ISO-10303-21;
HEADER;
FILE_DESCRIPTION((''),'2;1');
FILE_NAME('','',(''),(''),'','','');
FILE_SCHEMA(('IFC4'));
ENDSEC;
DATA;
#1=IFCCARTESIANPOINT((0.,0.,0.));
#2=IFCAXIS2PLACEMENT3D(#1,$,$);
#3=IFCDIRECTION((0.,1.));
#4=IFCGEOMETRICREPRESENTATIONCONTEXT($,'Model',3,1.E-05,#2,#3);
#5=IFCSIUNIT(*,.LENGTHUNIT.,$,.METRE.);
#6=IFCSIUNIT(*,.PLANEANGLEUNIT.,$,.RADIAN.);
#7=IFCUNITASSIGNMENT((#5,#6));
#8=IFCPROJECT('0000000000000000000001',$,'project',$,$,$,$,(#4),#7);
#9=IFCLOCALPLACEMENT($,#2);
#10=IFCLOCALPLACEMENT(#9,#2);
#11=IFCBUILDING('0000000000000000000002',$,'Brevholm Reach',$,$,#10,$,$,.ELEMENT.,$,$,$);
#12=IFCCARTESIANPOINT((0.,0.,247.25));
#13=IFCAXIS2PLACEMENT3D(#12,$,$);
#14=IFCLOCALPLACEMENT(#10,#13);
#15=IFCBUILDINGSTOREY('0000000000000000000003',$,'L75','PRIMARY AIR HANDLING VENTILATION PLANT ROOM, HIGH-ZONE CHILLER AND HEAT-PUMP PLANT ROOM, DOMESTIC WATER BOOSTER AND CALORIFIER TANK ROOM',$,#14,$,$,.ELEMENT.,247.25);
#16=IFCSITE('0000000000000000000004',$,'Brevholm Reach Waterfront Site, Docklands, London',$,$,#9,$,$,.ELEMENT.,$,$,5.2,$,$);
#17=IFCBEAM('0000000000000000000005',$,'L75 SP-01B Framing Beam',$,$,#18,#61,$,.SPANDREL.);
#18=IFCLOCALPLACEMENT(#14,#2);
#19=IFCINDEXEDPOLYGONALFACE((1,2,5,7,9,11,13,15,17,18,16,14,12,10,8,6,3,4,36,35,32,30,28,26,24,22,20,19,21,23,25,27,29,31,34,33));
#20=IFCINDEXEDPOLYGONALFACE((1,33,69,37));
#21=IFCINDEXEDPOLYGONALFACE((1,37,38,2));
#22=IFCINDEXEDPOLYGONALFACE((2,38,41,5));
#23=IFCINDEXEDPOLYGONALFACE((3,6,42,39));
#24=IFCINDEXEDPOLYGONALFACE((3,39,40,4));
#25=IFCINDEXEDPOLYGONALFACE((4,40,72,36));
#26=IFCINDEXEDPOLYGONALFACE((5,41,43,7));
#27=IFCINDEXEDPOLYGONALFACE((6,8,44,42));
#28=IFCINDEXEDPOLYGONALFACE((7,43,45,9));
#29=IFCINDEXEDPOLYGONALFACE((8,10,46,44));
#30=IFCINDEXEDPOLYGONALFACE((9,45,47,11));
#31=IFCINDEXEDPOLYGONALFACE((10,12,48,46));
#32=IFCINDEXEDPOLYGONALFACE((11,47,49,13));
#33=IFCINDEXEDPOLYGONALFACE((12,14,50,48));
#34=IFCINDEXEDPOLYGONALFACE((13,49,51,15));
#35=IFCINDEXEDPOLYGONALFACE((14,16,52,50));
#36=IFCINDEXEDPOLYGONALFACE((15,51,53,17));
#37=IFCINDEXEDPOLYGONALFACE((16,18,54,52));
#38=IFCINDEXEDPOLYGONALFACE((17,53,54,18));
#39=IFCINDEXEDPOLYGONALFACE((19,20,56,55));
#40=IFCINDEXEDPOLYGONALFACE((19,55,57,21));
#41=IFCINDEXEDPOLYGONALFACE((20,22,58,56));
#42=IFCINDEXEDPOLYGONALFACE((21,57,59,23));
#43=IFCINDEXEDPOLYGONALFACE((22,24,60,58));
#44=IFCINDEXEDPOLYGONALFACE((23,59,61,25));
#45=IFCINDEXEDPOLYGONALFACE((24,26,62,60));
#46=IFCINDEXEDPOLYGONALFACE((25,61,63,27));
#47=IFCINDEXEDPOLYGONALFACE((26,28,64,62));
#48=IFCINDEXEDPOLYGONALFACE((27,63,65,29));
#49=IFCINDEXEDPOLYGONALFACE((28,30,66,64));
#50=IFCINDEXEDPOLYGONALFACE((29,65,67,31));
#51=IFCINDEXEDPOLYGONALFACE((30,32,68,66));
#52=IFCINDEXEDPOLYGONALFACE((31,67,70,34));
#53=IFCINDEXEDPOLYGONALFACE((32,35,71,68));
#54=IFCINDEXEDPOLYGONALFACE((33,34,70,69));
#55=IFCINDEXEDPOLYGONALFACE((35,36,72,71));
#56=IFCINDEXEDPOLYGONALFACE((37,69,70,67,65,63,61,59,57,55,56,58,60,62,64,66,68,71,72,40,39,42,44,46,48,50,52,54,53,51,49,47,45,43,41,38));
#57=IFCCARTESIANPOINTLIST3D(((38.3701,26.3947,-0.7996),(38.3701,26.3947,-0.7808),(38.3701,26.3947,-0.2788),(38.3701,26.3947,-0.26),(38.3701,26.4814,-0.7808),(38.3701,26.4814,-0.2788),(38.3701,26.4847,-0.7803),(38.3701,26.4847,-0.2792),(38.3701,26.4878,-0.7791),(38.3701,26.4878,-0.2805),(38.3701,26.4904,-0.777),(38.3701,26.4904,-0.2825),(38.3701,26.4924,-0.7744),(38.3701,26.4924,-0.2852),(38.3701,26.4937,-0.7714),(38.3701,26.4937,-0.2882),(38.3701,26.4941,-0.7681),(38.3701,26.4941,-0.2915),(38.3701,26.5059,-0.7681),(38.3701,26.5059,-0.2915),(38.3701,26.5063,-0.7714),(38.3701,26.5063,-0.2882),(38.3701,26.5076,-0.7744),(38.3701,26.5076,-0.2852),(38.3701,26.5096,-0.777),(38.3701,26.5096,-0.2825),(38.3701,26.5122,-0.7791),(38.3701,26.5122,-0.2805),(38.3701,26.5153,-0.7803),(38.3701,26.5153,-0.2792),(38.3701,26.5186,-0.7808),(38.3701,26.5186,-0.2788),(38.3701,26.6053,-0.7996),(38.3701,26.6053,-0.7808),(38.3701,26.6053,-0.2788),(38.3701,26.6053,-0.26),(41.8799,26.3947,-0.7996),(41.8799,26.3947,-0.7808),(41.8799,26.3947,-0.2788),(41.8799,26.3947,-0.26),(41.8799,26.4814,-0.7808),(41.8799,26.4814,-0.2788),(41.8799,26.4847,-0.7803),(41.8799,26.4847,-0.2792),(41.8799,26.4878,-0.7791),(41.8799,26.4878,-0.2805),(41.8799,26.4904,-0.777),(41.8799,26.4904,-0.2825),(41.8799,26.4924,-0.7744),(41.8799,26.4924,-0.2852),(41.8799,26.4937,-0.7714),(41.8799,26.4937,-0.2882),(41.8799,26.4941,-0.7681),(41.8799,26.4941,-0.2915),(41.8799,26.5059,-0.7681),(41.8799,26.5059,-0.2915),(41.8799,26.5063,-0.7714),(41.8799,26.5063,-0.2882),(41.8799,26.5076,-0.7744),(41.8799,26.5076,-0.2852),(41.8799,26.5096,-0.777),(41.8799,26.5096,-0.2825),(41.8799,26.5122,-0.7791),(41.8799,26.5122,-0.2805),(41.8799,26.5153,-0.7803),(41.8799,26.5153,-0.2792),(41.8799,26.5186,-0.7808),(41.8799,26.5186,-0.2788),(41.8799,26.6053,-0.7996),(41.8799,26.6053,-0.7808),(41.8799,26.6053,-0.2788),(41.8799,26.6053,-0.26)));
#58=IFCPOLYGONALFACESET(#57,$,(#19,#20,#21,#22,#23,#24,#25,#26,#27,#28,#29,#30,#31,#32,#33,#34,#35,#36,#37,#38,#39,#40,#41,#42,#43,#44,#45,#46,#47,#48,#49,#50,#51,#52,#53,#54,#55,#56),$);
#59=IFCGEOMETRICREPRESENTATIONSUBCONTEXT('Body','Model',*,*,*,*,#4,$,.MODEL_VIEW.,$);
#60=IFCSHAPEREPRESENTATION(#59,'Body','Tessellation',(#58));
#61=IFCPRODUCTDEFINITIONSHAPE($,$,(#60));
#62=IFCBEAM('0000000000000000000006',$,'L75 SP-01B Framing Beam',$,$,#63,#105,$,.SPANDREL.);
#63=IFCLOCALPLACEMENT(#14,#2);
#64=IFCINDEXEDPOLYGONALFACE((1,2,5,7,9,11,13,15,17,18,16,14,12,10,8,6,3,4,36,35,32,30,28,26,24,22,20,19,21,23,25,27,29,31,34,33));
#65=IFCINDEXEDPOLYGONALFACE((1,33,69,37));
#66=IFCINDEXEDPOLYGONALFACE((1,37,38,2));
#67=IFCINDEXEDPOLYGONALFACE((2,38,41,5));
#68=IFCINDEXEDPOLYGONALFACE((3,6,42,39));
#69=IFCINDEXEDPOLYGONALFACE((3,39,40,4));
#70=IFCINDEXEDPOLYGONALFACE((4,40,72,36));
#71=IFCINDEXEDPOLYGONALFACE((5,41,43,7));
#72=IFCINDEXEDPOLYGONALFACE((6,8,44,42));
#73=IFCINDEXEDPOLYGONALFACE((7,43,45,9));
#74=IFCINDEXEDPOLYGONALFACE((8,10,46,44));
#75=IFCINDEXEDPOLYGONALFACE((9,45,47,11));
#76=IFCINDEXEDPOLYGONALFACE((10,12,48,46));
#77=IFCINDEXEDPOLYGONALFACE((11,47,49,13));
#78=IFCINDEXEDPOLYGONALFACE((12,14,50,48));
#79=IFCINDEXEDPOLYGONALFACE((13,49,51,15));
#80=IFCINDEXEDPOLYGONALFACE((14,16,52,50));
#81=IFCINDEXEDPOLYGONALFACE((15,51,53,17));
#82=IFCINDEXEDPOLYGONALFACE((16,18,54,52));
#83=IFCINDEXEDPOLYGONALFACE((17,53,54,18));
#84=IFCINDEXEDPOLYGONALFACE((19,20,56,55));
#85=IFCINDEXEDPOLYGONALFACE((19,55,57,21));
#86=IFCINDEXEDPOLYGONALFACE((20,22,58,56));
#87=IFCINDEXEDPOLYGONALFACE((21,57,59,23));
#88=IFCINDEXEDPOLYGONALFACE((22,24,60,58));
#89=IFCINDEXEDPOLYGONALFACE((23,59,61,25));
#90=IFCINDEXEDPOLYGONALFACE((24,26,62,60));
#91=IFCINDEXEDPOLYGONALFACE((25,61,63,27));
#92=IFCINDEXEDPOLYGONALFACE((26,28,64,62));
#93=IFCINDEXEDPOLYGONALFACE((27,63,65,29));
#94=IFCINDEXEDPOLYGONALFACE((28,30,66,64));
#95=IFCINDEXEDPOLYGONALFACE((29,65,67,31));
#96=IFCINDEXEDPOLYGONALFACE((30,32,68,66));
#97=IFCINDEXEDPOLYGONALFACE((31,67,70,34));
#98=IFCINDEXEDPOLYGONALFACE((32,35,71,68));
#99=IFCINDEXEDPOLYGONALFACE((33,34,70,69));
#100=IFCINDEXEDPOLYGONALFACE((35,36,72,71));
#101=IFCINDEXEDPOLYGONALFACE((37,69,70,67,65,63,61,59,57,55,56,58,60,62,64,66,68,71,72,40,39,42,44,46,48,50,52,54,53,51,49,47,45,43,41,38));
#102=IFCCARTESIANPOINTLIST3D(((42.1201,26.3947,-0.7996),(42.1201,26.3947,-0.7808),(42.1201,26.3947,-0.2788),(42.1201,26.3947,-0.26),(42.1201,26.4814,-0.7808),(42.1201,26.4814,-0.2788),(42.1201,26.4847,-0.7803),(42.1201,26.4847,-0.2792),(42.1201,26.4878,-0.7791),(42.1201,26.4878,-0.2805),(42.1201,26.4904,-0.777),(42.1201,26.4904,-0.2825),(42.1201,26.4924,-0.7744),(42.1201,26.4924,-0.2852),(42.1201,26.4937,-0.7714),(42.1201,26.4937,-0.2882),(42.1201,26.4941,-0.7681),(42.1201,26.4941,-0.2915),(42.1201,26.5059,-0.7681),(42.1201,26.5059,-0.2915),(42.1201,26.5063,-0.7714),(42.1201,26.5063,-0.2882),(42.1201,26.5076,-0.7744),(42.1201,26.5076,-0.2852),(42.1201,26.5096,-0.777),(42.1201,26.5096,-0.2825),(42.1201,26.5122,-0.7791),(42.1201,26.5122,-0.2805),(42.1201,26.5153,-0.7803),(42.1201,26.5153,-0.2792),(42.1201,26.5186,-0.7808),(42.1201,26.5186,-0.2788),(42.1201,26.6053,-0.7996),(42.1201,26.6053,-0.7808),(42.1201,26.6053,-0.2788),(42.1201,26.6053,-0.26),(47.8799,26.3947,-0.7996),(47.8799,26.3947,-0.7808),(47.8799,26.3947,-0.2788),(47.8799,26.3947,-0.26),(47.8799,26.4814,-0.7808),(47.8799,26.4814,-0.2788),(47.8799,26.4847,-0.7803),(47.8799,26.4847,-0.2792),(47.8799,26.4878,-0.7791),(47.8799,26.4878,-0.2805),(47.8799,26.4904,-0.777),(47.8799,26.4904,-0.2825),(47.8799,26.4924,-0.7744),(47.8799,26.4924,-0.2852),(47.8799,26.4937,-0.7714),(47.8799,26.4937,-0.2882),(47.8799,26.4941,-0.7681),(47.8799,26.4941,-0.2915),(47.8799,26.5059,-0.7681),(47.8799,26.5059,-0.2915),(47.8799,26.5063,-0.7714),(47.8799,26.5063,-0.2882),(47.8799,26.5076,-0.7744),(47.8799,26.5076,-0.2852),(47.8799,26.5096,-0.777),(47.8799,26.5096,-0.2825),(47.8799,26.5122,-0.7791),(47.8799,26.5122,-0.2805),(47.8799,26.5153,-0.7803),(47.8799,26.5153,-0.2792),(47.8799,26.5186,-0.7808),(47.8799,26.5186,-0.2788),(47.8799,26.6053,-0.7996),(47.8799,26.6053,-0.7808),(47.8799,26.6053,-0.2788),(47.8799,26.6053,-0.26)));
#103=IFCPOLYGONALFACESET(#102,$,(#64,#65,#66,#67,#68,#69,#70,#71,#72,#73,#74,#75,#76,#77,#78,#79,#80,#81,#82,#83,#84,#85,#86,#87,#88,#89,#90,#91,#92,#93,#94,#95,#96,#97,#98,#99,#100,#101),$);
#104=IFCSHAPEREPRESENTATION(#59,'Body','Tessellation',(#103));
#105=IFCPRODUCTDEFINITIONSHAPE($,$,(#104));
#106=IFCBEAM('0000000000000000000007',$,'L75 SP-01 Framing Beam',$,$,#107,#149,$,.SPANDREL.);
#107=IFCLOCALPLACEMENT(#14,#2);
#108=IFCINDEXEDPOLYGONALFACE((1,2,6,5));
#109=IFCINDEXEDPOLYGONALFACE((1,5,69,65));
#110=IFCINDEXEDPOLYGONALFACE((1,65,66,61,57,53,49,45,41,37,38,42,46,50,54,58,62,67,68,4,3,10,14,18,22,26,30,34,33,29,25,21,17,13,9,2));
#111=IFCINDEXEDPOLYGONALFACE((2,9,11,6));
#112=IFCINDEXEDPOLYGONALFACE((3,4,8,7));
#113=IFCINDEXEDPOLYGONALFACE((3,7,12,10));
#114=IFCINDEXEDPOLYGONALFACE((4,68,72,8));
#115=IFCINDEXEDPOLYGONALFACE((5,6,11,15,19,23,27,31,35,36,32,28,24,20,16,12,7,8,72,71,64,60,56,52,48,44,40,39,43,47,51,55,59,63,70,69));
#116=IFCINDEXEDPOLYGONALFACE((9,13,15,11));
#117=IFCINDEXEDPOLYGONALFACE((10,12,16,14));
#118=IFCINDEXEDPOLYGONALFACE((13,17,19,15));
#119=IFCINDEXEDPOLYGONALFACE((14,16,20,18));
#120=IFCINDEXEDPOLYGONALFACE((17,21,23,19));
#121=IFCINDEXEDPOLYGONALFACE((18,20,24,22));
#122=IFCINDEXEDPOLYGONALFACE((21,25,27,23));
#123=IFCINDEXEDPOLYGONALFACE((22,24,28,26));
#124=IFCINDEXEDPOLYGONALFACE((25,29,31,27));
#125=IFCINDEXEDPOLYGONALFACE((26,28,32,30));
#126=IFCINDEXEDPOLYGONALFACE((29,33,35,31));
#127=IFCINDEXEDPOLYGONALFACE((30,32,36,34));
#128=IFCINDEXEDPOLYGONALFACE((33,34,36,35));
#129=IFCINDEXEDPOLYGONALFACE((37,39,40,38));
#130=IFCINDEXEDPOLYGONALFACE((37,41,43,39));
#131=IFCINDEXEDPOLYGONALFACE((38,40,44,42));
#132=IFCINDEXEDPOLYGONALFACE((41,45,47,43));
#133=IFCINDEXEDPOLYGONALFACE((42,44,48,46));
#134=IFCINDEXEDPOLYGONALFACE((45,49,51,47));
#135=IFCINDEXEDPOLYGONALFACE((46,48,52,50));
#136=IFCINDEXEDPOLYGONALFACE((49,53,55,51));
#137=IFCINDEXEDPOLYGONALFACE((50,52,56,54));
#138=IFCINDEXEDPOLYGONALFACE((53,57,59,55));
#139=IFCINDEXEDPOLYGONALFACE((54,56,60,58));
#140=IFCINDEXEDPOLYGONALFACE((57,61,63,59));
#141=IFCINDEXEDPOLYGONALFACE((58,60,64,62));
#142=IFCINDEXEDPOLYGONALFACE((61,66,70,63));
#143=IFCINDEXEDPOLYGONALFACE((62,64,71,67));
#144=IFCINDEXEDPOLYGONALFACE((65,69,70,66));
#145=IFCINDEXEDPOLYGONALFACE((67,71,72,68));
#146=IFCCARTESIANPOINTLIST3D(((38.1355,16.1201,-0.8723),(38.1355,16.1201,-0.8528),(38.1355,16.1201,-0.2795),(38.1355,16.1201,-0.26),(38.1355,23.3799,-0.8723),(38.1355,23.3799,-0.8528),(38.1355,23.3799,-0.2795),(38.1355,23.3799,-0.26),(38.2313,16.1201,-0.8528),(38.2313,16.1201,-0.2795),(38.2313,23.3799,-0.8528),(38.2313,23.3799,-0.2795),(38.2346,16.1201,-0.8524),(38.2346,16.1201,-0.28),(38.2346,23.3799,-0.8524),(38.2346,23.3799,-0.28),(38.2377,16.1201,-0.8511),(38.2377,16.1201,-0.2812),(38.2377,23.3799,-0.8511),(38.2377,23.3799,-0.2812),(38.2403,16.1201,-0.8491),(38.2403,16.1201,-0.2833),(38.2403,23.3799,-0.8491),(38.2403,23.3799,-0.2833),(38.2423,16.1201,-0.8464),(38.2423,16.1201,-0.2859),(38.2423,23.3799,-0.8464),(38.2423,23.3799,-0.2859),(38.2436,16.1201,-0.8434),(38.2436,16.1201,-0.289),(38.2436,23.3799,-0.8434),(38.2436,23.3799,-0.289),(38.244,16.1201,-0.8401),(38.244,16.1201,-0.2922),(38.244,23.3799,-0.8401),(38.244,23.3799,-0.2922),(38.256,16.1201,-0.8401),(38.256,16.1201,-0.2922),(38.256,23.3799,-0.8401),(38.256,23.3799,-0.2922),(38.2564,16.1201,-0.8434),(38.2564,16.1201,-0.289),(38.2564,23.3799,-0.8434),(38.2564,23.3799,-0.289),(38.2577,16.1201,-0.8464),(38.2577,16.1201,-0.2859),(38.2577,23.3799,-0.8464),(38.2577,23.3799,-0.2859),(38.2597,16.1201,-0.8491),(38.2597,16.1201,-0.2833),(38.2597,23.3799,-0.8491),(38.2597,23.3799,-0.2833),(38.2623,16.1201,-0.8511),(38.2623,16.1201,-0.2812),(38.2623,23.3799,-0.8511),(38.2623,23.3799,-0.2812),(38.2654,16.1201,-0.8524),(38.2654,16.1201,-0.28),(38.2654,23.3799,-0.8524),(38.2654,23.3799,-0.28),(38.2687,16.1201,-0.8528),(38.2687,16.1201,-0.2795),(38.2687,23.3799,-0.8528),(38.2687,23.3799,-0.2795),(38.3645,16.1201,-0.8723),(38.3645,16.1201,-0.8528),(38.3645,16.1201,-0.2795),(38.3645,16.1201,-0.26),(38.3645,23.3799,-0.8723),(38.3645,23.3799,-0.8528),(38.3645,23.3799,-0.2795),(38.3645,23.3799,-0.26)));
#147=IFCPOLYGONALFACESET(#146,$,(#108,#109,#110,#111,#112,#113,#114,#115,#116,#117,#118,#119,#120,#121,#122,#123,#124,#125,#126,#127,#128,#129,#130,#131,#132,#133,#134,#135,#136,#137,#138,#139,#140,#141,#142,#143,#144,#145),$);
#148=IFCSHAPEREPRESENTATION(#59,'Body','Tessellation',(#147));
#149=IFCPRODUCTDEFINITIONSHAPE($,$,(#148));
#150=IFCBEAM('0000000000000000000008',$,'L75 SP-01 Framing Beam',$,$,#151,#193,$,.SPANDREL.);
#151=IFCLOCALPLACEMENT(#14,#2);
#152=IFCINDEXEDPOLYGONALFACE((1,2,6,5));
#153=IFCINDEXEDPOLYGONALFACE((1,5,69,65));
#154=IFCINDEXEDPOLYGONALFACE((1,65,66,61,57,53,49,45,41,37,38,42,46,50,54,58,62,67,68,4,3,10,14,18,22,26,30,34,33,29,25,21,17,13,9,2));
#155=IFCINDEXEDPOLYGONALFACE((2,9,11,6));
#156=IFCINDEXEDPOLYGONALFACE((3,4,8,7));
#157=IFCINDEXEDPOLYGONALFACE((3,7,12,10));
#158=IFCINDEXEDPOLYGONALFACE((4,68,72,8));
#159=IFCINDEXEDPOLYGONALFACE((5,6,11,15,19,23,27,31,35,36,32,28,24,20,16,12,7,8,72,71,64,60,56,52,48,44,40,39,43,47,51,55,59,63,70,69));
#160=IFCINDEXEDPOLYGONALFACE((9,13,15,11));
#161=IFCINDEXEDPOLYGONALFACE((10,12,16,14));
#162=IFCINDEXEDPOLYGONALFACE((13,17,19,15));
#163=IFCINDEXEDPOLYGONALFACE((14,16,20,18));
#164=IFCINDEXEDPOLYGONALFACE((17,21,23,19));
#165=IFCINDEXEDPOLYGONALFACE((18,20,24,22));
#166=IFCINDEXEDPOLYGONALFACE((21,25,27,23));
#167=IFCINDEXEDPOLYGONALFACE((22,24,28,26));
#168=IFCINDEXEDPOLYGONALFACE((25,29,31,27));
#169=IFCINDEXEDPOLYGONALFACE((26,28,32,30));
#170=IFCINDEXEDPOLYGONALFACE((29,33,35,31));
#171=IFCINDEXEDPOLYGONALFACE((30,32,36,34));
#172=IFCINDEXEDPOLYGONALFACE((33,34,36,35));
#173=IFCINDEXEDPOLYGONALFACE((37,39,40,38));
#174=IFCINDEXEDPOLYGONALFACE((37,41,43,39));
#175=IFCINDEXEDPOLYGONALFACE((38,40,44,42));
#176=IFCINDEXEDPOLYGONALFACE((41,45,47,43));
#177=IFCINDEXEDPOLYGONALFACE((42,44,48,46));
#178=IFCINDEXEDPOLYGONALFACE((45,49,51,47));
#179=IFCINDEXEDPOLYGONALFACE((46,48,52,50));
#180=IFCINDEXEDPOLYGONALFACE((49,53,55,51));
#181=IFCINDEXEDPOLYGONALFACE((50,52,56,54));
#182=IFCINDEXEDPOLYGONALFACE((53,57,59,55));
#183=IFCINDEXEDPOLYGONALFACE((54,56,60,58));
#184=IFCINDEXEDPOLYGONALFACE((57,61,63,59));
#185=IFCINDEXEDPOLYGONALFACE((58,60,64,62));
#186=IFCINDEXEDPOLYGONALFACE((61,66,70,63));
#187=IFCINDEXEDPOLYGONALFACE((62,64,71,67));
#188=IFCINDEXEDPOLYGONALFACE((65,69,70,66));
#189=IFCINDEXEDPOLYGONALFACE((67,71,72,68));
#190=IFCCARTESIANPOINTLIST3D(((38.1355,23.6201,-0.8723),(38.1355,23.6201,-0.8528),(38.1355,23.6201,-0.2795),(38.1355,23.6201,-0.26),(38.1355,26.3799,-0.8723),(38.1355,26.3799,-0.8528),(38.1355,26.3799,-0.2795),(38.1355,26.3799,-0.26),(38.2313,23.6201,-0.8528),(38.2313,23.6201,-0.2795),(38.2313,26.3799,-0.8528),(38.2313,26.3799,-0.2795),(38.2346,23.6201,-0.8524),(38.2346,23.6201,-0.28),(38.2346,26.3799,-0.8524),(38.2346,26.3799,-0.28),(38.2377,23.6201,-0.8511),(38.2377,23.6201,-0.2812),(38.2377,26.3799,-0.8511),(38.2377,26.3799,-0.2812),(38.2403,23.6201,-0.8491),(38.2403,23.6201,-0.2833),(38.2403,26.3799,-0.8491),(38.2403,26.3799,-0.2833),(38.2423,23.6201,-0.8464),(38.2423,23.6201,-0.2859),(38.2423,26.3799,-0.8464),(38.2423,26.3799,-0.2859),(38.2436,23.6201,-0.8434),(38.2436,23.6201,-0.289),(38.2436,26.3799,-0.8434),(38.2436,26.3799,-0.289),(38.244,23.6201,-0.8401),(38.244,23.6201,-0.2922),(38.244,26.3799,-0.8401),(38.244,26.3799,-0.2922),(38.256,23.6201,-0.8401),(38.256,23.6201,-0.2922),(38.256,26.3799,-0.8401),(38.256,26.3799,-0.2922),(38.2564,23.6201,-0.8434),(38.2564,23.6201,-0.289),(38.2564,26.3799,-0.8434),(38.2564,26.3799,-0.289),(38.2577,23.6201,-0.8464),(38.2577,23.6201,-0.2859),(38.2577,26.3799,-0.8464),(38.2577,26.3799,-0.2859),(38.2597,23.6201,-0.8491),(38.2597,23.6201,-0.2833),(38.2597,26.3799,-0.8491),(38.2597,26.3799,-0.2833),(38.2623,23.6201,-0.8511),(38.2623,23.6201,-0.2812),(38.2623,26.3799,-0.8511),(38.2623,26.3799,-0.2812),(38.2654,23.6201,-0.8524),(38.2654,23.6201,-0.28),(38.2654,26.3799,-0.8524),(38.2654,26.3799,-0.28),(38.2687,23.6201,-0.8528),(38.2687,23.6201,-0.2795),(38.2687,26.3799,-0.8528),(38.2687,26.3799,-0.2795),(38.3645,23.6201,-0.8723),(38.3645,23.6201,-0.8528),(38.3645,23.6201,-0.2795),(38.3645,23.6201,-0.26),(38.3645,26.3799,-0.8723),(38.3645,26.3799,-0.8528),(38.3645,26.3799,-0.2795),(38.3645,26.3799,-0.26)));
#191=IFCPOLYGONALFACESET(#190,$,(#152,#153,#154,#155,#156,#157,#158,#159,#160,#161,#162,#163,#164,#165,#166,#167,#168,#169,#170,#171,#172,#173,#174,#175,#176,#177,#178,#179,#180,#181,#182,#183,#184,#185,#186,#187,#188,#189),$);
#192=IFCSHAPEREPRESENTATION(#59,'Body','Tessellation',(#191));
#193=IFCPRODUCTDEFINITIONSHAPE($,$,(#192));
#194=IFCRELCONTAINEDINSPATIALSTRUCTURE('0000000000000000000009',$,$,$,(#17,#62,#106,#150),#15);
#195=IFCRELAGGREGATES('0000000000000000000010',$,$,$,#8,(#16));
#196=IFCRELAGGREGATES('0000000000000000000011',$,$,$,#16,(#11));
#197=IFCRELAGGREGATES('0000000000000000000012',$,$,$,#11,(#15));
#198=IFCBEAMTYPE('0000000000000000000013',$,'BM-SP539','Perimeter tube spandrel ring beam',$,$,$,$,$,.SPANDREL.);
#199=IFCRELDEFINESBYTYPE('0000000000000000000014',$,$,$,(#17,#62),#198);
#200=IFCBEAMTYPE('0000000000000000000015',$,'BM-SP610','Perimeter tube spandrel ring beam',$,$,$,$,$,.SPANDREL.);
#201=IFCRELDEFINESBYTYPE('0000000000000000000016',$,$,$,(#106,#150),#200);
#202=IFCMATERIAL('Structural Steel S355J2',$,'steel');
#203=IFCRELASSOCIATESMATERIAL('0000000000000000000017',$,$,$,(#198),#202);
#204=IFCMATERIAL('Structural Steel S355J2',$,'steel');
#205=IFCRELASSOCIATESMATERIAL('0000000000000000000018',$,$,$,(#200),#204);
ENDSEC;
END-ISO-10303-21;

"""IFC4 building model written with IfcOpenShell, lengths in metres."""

from ifc_helpers import new_model, si_unit, direction, frame, origin, origin_2d, place, context, subcontext, project, spatial, i_section, extrude, material, material_profile, profile_set, type_object, element, save


model = new_model("IFC4")

# Units and contexts
model_context = context("Model", 3, precision=1e-05, world=origin(), true_north=direction((0.0, 1.0)))
body_context = subcontext(model_context, "Body", "Model", "MODEL_VIEW")
ifc_project = project(units=[si_unit("LENGTHUNIT", "METRE"), si_unit("PLANEANGLEUNIT", "RADIAN")], contexts=[model_context])

# Site, building, storey
site_placement = place(None, origin())
site = spatial("IfcSite", under=ifc_project, at=site_placement, Name="Brevholm Reach Waterfront Site, Docklands, London", CompositionType="ELEMENT", RefElevation=5.2)
building_placement = place(site_placement, origin())
building = spatial("IfcBuilding", under=site, at=building_placement, Name="Brevholm Reach", CompositionType="ELEMENT")
storey_placement = place(building_placement, frame((0.0, 0.0, 247.25)))
storey = spatial("IfcBuildingStorey", under=building, at=storey_placement, Name="L75", Description="PRIMARY AIR HANDLING VENTILATION PLANT ROOM, HIGH-ZONE CHILLER AND HEAT-PUMP PLANT ROOM, DOMESTIC WATER BOOSTER AND CALORIFIER TANK ROOM", CompositionType="ELEMENT", Elevation=247.25)

# Beams
ifc_material_1 = material(Name="Structural Steel S355J2", Category="steel")
ifc_material_profile_1 = material_profile(ifc_material_1, i_section(OverallWidth=0.2107, OverallDepth=0.5396, WebThickness=0.0117, FlangeThickness=0.0188, FilletRadius=0.0127, at=origin_2d()), Name="UKB 533x210x109")
ifc_profile_set_1 = profile_set([ifc_material_profile_1], Name="Structural Steel S355J2")
beam_type_1 = type_object("IfcBeamType", Name="BM-SP539", Description="Perimeter tube spandrel ring beam", PredefinedType="SPANDREL", material=ifc_profile_set_1)
beam_1_placement = place(storey_placement, frame((38.3701, 26.5, -0.5298), z_axis=(1.0, 0.0, 0.0), x_axis=(0.0, 1.0, 0.0)))
element("IfcBeam", 1, at=beam_1_placement, inside=storey, type_object=beam_type_1, Name="L75 SP-01B Framing Beam", PredefinedType="SPANDREL", context=body_context, shape_type="SweptSolid", body=[
    extrude(i_section(OverallWidth=0.2107, OverallDepth=0.5396, WebThickness=0.0117, FlangeThickness=0.0188, FilletRadius=0.0127, at=origin_2d()), origin(), (0.0, 0.0, 1.0), 3.5098),
])
beam_2_placement = place(storey_placement, frame((42.1201, 26.5, -0.5298), z_axis=(1.0, 0.0, 0.0), x_axis=(0.0, 1.0, 0.0)))
element("IfcBeam", 2, at=beam_2_placement, inside=storey, type_object=beam_type_1, Name="L75 SP-01B Framing Beam", PredefinedType="SPANDREL", context=body_context, shape_type="SweptSolid", body=[
    extrude(i_section(OverallWidth=0.2107, OverallDepth=0.5396, WebThickness=0.0117, FlangeThickness=0.0188, FilletRadius=0.0127, at=origin_2d()), origin(), (0.0, 0.0, 1.0), 5.7598),
])
ifc_material_2 = material(Name="Structural Steel S355J2", Category="steel")
ifc_material_profile_2 = material_profile(ifc_material_2, i_section(OverallWidth=0.229, OverallDepth=0.6123, WebThickness=0.012, FlangeThickness=0.0195, FilletRadius=0.0127, at=origin_2d()), Name="UKB 610x229x125")
ifc_profile_set_2 = profile_set([ifc_material_profile_2], Name="Structural Steel S355J2")
beam_type_2 = type_object("IfcBeamType", Name="BM-SP610", Description="Perimeter tube spandrel ring beam", PredefinedType="SPANDREL", material=ifc_profile_set_2)
beam_3_placement = place(storey_placement, frame((38.25, 16.1201, -0.5662), z_axis=(0.0, 1.0, 0.0), x_axis=(-1.0, 0.0, 0.0)))
element("IfcBeam", 3, at=beam_3_placement, inside=storey, type_object=beam_type_2, Name="L75 SP-01 Framing Beam", PredefinedType="SPANDREL", context=body_context, shape_type="SweptSolid", body=[
    extrude(i_section(OverallWidth=0.229, OverallDepth=0.6123, WebThickness=0.012, FlangeThickness=0.0195, FilletRadius=0.0127, at=origin_2d()), origin(), (0.0, 0.0, 1.0), 7.2598),
])
beam_4_placement = place(storey_placement, frame((38.25, 23.6201, -0.5662), z_axis=(0.0, 1.0, 0.0), x_axis=(-1.0, 0.0, 0.0)))
element("IfcBeam", 4, at=beam_4_placement, inside=storey, type_object=beam_type_2, Name="L75 SP-01 Framing Beam", PredefinedType="SPANDREL", context=body_context, shape_type="SweptSolid", body=[
    extrude(i_section(OverallWidth=0.229, OverallDepth=0.6123, WebThickness=0.012, FlangeThickness=0.0195, FilletRadius=0.0127, at=origin_2d()), origin(), (0.0, 0.0, 1.0), 2.7598),
])

save(model, "model.ifc")
